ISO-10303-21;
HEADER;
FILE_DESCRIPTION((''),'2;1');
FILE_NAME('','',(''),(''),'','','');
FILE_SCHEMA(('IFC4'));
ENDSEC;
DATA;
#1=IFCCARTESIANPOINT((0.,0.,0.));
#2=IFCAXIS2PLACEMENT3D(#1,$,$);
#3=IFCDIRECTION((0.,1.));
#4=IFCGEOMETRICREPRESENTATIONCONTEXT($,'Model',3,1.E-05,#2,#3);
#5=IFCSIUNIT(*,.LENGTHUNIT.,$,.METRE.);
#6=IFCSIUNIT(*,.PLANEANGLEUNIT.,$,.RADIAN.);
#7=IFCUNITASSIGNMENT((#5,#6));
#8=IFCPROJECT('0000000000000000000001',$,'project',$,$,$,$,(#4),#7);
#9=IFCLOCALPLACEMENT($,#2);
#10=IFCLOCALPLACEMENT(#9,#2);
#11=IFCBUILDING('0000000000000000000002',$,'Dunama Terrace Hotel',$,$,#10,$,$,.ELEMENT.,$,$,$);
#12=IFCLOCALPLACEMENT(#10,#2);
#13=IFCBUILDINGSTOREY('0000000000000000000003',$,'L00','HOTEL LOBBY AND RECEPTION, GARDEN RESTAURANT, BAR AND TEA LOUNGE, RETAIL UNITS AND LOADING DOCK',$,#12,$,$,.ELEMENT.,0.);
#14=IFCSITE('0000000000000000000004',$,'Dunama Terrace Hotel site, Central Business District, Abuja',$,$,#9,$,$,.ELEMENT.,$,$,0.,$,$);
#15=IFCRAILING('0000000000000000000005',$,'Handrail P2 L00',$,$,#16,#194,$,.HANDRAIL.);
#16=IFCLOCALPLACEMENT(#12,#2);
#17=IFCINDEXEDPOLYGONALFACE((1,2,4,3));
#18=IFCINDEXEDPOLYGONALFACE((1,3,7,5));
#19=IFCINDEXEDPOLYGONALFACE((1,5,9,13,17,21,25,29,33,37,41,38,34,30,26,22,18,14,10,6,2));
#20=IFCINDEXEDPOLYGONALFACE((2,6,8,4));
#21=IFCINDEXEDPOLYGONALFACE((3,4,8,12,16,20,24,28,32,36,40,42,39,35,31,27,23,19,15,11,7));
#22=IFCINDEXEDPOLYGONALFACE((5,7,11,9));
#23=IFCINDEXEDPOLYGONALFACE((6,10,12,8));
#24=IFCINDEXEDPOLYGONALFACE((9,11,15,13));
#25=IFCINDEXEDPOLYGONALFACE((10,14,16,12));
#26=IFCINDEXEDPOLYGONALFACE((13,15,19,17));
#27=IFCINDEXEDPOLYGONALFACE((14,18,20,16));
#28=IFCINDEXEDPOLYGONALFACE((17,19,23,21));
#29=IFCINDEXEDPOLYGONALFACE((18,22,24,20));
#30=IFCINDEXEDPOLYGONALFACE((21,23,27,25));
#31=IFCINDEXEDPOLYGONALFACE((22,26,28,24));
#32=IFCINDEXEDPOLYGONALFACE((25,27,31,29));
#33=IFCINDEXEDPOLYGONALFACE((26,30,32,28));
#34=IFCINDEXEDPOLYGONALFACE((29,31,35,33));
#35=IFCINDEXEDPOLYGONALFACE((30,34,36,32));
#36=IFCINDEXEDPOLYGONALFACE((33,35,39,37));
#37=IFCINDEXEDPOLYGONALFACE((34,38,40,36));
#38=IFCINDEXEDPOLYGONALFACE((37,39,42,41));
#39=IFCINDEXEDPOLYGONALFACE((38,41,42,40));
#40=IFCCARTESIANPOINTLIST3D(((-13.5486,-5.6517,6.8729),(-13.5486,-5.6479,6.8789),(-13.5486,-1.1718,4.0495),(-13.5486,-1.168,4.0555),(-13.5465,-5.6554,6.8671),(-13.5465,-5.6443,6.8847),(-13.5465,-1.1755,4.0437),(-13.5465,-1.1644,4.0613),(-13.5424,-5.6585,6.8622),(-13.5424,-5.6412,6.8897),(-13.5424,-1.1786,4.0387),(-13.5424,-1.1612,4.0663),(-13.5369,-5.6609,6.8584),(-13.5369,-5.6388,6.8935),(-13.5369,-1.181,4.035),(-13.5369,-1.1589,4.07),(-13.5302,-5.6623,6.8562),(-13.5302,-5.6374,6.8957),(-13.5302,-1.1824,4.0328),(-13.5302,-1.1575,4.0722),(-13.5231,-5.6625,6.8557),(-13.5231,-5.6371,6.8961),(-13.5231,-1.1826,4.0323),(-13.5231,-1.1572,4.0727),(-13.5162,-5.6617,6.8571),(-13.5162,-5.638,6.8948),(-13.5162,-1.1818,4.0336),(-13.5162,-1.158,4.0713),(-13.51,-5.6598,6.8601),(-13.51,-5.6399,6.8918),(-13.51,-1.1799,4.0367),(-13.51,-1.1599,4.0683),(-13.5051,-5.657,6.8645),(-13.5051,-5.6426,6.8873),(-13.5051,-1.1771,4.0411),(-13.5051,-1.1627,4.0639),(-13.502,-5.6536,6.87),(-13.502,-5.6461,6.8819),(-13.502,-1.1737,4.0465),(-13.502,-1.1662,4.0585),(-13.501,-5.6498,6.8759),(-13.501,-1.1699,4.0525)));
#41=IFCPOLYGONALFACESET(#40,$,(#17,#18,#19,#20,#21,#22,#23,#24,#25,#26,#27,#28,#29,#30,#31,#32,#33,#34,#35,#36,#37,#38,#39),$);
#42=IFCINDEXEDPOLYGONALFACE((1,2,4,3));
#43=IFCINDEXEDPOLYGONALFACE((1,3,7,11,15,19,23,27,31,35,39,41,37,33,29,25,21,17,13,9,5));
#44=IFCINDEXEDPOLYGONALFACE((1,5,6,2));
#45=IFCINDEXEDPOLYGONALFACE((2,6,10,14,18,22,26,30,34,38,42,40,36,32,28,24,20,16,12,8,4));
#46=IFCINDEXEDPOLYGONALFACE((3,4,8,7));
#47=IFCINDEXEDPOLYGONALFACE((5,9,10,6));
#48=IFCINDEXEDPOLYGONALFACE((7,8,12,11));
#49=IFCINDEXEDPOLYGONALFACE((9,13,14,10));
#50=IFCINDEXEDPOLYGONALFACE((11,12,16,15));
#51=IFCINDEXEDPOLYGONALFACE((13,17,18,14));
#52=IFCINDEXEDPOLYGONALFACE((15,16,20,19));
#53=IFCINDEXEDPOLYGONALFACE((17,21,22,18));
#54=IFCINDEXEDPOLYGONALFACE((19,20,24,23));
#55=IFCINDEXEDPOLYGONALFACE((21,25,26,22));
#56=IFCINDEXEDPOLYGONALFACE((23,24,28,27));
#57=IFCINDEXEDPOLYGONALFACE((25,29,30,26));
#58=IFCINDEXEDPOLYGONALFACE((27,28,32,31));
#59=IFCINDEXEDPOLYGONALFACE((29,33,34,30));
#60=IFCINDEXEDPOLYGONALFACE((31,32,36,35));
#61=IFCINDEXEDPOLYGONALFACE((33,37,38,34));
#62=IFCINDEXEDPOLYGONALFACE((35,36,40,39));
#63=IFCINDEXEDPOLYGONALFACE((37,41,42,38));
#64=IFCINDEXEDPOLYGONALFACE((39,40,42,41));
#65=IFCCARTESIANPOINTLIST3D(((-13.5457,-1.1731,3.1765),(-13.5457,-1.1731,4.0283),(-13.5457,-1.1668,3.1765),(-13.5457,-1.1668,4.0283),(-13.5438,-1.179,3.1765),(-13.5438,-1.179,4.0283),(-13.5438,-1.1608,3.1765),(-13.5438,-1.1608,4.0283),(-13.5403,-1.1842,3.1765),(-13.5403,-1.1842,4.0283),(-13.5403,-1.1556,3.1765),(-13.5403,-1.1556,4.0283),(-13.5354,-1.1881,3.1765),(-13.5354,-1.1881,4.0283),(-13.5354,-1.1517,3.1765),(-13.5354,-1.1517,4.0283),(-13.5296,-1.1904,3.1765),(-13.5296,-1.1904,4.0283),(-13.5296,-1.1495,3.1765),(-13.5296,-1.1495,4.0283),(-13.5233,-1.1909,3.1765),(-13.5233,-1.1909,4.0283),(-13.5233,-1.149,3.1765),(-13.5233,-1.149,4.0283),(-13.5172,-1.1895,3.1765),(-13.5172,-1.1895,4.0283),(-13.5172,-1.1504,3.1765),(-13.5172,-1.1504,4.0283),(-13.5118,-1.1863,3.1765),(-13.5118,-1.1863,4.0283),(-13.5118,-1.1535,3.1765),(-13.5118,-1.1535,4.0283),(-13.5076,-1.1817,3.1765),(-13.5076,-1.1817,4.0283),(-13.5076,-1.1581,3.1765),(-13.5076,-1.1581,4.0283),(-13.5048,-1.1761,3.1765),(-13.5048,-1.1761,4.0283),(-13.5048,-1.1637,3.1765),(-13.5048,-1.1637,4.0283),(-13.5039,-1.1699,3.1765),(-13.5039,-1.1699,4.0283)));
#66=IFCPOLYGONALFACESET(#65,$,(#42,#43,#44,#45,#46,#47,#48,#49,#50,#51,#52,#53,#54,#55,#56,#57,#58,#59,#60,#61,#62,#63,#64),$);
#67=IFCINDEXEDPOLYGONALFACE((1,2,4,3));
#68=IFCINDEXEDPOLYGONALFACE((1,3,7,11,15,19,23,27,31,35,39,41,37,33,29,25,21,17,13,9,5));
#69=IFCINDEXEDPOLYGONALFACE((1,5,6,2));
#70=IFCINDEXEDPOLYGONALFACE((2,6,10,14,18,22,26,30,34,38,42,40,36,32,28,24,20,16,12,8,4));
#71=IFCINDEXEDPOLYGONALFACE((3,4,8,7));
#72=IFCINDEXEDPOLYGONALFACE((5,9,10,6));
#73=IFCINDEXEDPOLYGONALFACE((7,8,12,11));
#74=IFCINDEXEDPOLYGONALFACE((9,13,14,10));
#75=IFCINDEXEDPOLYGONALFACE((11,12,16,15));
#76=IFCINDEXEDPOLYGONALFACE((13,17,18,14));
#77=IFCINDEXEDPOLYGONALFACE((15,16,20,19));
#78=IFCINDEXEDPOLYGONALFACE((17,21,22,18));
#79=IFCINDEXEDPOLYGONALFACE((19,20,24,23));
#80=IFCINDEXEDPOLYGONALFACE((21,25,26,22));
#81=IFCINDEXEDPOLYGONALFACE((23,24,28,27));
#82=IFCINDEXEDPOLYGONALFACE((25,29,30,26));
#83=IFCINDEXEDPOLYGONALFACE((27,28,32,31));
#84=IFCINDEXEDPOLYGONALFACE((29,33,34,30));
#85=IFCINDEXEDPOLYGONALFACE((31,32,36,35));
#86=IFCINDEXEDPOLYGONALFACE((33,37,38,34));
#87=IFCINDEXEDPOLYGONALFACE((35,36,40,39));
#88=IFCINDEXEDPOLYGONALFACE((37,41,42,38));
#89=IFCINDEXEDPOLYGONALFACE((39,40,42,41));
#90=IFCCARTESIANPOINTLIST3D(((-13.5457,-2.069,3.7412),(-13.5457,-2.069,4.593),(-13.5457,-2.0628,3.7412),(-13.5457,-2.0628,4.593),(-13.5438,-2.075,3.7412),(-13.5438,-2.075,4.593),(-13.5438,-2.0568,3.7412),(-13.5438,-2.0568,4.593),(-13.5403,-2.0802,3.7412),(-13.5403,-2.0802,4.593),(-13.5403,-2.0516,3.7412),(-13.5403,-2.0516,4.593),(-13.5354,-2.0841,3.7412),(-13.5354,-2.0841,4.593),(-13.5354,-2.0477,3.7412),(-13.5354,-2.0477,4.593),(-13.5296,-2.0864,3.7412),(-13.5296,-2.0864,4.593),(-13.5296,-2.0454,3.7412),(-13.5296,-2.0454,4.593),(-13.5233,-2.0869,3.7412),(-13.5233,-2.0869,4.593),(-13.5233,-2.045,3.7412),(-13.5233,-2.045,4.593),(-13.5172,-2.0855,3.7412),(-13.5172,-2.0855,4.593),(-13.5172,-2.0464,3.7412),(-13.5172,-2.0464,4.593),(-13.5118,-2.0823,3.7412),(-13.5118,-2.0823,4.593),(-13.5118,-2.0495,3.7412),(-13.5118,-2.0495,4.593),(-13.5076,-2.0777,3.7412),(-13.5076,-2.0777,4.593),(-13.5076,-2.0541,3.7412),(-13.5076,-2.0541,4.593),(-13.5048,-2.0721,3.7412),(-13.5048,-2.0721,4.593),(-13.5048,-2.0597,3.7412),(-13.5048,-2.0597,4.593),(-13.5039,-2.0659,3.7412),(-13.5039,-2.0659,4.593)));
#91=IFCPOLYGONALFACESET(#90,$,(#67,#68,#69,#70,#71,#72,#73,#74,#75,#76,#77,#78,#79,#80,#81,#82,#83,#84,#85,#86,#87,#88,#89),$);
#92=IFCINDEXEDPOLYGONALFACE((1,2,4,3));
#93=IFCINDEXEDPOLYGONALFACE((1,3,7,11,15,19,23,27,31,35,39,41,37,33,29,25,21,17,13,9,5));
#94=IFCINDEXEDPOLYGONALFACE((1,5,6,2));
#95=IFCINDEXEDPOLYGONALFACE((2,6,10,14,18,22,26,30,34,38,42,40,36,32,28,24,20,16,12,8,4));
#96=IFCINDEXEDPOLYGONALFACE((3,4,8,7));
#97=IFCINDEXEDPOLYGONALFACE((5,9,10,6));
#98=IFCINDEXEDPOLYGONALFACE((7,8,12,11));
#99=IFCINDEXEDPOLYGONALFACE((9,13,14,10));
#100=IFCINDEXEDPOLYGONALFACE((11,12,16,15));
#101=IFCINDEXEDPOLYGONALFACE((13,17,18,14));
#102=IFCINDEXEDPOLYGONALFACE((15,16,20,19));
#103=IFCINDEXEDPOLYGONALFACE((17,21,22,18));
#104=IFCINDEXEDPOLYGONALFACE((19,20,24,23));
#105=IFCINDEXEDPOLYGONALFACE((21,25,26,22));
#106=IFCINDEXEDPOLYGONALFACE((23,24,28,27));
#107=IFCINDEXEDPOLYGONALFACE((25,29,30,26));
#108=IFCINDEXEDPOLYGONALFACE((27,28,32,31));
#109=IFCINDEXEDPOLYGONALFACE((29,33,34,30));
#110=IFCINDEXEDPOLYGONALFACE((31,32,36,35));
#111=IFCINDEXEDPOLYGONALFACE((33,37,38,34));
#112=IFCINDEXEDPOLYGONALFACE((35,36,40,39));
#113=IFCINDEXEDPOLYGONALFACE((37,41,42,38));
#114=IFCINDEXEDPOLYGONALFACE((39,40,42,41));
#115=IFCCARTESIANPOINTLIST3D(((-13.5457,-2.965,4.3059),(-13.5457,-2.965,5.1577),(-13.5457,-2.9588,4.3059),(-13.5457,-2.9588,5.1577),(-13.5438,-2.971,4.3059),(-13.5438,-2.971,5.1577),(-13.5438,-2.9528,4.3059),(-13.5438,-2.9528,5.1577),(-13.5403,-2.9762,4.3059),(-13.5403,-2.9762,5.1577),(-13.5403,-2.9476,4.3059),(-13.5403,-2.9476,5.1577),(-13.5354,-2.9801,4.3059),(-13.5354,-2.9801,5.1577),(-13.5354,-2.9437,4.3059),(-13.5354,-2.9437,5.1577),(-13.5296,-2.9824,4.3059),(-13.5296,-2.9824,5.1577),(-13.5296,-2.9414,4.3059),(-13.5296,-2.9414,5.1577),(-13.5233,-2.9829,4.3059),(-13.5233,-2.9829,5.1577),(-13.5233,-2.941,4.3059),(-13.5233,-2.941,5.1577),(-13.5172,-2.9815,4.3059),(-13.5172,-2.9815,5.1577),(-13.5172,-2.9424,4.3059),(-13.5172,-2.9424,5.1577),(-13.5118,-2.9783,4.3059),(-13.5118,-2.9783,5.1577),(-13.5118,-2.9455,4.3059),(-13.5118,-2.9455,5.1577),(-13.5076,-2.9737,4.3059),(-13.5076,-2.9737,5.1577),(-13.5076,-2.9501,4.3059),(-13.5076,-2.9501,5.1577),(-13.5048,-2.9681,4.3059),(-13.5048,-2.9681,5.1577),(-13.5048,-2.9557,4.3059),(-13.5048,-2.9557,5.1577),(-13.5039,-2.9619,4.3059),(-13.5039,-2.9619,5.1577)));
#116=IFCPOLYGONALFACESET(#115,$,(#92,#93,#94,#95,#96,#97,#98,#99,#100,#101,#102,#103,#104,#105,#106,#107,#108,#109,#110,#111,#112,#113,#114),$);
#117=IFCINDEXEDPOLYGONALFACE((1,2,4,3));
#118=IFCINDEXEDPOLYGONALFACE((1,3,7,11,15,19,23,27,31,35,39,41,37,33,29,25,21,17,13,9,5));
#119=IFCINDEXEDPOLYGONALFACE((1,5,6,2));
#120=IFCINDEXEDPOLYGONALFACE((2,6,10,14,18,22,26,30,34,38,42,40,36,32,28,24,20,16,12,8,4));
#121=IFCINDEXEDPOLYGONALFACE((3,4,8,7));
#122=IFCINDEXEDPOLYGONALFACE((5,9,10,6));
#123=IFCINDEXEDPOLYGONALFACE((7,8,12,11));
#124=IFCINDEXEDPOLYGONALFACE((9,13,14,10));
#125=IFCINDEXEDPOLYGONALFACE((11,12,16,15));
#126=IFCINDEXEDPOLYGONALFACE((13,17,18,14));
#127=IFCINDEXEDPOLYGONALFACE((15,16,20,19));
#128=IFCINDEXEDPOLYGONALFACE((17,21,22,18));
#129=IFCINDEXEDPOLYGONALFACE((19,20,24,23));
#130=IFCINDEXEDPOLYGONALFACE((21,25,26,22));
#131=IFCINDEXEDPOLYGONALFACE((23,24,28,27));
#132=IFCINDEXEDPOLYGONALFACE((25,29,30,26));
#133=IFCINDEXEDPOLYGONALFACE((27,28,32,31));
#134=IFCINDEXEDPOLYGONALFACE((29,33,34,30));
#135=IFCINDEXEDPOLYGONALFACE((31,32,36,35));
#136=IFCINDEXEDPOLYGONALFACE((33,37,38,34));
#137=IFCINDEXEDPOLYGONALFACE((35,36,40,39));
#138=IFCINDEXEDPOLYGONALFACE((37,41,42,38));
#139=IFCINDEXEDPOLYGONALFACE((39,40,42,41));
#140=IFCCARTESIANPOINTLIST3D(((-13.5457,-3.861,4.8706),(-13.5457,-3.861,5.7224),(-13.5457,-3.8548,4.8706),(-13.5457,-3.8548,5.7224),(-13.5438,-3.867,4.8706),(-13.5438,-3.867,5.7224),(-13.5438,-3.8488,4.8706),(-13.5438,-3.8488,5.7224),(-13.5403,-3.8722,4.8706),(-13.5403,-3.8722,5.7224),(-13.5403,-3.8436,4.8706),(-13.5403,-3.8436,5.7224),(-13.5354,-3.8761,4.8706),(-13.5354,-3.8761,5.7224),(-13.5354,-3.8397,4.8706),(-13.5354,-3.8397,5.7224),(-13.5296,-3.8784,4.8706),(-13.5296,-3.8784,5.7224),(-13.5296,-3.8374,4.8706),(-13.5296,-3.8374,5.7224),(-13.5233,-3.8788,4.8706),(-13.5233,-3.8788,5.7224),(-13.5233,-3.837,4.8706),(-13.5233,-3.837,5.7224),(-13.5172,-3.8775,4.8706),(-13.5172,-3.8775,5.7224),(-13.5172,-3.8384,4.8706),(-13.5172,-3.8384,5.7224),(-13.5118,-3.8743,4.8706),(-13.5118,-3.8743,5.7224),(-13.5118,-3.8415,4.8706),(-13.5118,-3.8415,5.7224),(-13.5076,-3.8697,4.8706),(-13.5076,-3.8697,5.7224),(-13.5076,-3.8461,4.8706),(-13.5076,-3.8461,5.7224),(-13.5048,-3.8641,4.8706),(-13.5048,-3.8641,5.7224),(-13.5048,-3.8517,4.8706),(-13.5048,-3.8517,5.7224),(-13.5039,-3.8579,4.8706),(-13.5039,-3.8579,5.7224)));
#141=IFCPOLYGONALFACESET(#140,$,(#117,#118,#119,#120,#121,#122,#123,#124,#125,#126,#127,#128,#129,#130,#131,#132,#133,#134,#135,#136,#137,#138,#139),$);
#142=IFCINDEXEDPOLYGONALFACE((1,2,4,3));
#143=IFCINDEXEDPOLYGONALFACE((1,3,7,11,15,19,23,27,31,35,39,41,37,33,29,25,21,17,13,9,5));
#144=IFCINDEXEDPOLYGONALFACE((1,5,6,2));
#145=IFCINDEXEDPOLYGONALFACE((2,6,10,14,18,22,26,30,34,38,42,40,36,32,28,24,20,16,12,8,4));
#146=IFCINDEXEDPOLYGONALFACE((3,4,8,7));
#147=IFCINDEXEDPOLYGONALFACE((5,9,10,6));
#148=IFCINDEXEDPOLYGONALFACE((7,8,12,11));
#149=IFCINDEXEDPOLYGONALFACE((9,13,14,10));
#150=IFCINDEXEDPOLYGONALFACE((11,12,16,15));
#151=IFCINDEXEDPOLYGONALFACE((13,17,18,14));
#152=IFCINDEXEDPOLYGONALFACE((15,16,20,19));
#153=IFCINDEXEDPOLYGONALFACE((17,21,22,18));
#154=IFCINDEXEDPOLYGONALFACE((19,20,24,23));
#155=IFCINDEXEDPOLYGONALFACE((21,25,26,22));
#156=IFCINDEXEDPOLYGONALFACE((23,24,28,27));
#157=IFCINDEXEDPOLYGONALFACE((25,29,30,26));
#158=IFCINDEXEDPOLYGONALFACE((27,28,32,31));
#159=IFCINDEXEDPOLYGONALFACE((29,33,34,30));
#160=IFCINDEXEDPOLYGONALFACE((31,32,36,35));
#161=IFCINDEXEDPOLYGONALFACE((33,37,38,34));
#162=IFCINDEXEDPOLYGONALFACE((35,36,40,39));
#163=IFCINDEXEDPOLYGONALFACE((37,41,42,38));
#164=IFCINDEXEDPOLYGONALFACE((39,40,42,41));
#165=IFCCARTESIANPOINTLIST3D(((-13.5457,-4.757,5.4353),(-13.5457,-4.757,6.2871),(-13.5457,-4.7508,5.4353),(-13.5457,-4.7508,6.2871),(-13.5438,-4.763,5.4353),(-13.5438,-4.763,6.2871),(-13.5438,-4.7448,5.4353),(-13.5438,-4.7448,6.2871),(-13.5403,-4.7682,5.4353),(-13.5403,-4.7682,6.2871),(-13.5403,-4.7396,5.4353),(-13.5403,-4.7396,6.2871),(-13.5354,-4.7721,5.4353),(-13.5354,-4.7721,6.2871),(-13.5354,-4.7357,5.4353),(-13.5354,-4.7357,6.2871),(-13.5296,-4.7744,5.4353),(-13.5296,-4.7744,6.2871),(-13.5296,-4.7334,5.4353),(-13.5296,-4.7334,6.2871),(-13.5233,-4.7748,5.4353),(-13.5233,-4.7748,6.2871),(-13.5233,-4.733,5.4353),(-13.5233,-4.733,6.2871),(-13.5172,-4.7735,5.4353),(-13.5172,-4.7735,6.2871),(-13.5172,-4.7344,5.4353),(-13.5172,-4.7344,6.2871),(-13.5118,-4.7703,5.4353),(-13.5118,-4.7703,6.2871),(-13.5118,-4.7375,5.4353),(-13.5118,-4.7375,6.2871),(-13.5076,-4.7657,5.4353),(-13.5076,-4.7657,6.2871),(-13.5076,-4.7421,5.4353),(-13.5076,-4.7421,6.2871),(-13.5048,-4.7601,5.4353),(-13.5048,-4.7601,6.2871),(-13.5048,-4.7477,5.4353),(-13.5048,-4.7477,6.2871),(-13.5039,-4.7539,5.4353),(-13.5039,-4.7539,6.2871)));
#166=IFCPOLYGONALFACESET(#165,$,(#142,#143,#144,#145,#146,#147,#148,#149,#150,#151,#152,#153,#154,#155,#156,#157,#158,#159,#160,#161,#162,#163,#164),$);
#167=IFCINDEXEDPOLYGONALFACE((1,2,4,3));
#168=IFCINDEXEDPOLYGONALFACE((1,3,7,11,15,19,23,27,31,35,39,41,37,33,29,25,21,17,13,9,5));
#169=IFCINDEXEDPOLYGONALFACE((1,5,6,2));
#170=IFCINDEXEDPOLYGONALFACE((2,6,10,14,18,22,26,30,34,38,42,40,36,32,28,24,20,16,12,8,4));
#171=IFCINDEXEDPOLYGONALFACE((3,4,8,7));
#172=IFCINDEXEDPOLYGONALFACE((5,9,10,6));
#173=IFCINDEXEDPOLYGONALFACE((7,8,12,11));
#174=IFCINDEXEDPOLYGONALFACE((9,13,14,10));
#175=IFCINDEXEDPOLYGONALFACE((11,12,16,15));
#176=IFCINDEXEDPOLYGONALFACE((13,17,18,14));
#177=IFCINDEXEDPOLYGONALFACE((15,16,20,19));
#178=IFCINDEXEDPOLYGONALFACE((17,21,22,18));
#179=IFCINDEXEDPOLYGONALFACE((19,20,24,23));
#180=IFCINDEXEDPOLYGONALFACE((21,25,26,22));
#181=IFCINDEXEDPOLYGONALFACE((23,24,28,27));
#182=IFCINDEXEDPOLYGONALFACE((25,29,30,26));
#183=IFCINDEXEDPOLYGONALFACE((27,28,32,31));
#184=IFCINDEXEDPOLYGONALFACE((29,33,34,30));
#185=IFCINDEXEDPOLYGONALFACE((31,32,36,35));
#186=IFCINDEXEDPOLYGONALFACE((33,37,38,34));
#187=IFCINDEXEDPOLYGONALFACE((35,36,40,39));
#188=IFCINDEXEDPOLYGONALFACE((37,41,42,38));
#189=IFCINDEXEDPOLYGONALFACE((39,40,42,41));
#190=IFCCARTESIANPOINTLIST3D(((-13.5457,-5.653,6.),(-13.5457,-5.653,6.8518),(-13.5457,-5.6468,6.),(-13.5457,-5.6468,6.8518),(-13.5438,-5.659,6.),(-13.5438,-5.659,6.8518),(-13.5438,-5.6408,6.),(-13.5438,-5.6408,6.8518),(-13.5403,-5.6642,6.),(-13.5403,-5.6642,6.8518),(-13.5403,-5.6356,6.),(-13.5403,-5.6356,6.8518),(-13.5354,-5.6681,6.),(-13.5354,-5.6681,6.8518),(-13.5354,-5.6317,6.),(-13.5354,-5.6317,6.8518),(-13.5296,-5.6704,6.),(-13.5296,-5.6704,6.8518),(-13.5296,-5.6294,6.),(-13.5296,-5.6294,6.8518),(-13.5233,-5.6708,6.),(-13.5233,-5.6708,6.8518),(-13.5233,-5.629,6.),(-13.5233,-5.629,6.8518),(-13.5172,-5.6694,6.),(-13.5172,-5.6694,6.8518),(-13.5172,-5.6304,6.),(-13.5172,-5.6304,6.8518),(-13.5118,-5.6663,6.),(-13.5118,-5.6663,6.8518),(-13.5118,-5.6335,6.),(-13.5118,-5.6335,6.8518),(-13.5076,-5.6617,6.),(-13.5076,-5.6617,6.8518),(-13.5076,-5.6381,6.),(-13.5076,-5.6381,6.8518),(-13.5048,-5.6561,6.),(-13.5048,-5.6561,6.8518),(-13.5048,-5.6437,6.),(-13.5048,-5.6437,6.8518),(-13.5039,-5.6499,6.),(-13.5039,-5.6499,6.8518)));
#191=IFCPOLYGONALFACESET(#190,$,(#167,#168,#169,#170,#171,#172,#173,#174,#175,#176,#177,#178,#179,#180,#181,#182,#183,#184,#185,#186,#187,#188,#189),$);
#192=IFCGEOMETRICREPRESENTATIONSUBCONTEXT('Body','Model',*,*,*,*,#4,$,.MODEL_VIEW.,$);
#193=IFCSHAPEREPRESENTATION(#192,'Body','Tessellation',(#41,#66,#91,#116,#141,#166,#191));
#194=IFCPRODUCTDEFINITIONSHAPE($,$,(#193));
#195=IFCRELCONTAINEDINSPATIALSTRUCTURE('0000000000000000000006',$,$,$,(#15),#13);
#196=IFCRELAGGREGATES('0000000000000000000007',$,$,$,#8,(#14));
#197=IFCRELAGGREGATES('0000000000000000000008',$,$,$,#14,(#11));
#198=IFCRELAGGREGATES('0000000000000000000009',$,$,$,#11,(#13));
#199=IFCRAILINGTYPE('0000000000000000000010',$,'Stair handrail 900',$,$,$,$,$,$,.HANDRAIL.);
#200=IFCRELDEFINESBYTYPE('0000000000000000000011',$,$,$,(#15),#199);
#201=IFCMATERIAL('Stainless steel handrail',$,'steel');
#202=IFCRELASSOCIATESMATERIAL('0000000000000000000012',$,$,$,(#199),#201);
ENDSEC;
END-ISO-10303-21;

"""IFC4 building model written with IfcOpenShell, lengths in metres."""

from ifc_helpers import new_model, si_unit, direction, frame, origin, origin_2d, place, context, subcontext, project, spatial, circle, extrude, material, type_object, element, save


model = new_model("IFC4")

# Units and contexts
model_context = context("Model", 3, precision=1e-05, world=origin(), true_north=direction((0.0, 1.0)))
body_context = subcontext(model_context, "Body", "Model", "MODEL_VIEW")
ifc_project = project(units=[si_unit("LENGTHUNIT", "METRE"), si_unit("PLANEANGLEUNIT", "RADIAN")], contexts=[model_context])

# Site, building, storey
site_placement = place(None, origin())
site = spatial("IfcSite", under=ifc_project, at=site_placement, Name="Dunama Terrace Hotel site, Central Business District, Abuja", CompositionType="ELEMENT", RefElevation=0.0)
building_placement = place(site_placement, origin())
building = spatial("IfcBuilding", under=site, at=building_placement, Name="Dunama Terrace Hotel", CompositionType="ELEMENT")
storey_placement = place(building_placement, origin())
storey = spatial("IfcBuildingStorey", under=building, at=storey_placement, Name="L00", Description="HOTEL LOBBY AND RECEPTION, GARDEN RESTAURANT, BAR AND TEA LOUNGE, RETAIL UNITS AND LOADING DOCK", CompositionType="ELEMENT", Elevation=0.0)

# Railing
ifc_material_1 = material(Name="Stainless steel handrail", Category="steel")
railing_type = type_object("IfcRailingType", Name="Stair handrail 900", PredefinedType="HANDRAIL", material=ifc_material_1)
railing_1_placement = place(storey_placement, frame((-13.5249, -1.1699, 3.1765)))
element("IfcRailing", 1, at=railing_1_placement, inside=storey, type_object=railing_type, Name="Handrail P2 L00", PredefinedType="HANDRAIL", context=body_context, shape_type="SweptSolid", body=[
    extrude(circle(Radius=0.0239, at=origin_2d()), frame((0.0, 0.0, 0.876), z_axis=(0.0, -0.845998, 0.533186), x_axis=(1.0, 0.0, 0.0)), (0.0, 0.0, 1.0), 5.2954),
    extrude(circle(Radius=0.021, at=origin_2d()), origin(), (0.0, 0.0, 1.0), 0.8518),
    extrude(circle(Radius=0.021, at=origin_2d()), frame((0.0, -0.896, 0.5647)), (0.0, 0.0, 1.0), 0.8518),
    extrude(circle(Radius=0.021, at=origin_2d()), frame((0.0, -1.792, 1.1294)), (0.0, 0.0, 1.0), 0.8518),
    extrude(circle(Radius=0.021, at=origin_2d()), frame((0.0, -2.688, 1.6941)), (0.0, 0.0, 1.0), 0.8518),
    extrude(circle(Radius=0.021, at=origin_2d()), frame((0.0, -3.584, 2.2588)), (0.0, 0.0, 1.0), 0.8518),
    extrude(circle(Radius=0.021, at=origin_2d()), frame((0.0, -4.48, 2.8235)), (0.0, 0.0, 1.0), 0.8518),
])

save(model, "model.ifc")
